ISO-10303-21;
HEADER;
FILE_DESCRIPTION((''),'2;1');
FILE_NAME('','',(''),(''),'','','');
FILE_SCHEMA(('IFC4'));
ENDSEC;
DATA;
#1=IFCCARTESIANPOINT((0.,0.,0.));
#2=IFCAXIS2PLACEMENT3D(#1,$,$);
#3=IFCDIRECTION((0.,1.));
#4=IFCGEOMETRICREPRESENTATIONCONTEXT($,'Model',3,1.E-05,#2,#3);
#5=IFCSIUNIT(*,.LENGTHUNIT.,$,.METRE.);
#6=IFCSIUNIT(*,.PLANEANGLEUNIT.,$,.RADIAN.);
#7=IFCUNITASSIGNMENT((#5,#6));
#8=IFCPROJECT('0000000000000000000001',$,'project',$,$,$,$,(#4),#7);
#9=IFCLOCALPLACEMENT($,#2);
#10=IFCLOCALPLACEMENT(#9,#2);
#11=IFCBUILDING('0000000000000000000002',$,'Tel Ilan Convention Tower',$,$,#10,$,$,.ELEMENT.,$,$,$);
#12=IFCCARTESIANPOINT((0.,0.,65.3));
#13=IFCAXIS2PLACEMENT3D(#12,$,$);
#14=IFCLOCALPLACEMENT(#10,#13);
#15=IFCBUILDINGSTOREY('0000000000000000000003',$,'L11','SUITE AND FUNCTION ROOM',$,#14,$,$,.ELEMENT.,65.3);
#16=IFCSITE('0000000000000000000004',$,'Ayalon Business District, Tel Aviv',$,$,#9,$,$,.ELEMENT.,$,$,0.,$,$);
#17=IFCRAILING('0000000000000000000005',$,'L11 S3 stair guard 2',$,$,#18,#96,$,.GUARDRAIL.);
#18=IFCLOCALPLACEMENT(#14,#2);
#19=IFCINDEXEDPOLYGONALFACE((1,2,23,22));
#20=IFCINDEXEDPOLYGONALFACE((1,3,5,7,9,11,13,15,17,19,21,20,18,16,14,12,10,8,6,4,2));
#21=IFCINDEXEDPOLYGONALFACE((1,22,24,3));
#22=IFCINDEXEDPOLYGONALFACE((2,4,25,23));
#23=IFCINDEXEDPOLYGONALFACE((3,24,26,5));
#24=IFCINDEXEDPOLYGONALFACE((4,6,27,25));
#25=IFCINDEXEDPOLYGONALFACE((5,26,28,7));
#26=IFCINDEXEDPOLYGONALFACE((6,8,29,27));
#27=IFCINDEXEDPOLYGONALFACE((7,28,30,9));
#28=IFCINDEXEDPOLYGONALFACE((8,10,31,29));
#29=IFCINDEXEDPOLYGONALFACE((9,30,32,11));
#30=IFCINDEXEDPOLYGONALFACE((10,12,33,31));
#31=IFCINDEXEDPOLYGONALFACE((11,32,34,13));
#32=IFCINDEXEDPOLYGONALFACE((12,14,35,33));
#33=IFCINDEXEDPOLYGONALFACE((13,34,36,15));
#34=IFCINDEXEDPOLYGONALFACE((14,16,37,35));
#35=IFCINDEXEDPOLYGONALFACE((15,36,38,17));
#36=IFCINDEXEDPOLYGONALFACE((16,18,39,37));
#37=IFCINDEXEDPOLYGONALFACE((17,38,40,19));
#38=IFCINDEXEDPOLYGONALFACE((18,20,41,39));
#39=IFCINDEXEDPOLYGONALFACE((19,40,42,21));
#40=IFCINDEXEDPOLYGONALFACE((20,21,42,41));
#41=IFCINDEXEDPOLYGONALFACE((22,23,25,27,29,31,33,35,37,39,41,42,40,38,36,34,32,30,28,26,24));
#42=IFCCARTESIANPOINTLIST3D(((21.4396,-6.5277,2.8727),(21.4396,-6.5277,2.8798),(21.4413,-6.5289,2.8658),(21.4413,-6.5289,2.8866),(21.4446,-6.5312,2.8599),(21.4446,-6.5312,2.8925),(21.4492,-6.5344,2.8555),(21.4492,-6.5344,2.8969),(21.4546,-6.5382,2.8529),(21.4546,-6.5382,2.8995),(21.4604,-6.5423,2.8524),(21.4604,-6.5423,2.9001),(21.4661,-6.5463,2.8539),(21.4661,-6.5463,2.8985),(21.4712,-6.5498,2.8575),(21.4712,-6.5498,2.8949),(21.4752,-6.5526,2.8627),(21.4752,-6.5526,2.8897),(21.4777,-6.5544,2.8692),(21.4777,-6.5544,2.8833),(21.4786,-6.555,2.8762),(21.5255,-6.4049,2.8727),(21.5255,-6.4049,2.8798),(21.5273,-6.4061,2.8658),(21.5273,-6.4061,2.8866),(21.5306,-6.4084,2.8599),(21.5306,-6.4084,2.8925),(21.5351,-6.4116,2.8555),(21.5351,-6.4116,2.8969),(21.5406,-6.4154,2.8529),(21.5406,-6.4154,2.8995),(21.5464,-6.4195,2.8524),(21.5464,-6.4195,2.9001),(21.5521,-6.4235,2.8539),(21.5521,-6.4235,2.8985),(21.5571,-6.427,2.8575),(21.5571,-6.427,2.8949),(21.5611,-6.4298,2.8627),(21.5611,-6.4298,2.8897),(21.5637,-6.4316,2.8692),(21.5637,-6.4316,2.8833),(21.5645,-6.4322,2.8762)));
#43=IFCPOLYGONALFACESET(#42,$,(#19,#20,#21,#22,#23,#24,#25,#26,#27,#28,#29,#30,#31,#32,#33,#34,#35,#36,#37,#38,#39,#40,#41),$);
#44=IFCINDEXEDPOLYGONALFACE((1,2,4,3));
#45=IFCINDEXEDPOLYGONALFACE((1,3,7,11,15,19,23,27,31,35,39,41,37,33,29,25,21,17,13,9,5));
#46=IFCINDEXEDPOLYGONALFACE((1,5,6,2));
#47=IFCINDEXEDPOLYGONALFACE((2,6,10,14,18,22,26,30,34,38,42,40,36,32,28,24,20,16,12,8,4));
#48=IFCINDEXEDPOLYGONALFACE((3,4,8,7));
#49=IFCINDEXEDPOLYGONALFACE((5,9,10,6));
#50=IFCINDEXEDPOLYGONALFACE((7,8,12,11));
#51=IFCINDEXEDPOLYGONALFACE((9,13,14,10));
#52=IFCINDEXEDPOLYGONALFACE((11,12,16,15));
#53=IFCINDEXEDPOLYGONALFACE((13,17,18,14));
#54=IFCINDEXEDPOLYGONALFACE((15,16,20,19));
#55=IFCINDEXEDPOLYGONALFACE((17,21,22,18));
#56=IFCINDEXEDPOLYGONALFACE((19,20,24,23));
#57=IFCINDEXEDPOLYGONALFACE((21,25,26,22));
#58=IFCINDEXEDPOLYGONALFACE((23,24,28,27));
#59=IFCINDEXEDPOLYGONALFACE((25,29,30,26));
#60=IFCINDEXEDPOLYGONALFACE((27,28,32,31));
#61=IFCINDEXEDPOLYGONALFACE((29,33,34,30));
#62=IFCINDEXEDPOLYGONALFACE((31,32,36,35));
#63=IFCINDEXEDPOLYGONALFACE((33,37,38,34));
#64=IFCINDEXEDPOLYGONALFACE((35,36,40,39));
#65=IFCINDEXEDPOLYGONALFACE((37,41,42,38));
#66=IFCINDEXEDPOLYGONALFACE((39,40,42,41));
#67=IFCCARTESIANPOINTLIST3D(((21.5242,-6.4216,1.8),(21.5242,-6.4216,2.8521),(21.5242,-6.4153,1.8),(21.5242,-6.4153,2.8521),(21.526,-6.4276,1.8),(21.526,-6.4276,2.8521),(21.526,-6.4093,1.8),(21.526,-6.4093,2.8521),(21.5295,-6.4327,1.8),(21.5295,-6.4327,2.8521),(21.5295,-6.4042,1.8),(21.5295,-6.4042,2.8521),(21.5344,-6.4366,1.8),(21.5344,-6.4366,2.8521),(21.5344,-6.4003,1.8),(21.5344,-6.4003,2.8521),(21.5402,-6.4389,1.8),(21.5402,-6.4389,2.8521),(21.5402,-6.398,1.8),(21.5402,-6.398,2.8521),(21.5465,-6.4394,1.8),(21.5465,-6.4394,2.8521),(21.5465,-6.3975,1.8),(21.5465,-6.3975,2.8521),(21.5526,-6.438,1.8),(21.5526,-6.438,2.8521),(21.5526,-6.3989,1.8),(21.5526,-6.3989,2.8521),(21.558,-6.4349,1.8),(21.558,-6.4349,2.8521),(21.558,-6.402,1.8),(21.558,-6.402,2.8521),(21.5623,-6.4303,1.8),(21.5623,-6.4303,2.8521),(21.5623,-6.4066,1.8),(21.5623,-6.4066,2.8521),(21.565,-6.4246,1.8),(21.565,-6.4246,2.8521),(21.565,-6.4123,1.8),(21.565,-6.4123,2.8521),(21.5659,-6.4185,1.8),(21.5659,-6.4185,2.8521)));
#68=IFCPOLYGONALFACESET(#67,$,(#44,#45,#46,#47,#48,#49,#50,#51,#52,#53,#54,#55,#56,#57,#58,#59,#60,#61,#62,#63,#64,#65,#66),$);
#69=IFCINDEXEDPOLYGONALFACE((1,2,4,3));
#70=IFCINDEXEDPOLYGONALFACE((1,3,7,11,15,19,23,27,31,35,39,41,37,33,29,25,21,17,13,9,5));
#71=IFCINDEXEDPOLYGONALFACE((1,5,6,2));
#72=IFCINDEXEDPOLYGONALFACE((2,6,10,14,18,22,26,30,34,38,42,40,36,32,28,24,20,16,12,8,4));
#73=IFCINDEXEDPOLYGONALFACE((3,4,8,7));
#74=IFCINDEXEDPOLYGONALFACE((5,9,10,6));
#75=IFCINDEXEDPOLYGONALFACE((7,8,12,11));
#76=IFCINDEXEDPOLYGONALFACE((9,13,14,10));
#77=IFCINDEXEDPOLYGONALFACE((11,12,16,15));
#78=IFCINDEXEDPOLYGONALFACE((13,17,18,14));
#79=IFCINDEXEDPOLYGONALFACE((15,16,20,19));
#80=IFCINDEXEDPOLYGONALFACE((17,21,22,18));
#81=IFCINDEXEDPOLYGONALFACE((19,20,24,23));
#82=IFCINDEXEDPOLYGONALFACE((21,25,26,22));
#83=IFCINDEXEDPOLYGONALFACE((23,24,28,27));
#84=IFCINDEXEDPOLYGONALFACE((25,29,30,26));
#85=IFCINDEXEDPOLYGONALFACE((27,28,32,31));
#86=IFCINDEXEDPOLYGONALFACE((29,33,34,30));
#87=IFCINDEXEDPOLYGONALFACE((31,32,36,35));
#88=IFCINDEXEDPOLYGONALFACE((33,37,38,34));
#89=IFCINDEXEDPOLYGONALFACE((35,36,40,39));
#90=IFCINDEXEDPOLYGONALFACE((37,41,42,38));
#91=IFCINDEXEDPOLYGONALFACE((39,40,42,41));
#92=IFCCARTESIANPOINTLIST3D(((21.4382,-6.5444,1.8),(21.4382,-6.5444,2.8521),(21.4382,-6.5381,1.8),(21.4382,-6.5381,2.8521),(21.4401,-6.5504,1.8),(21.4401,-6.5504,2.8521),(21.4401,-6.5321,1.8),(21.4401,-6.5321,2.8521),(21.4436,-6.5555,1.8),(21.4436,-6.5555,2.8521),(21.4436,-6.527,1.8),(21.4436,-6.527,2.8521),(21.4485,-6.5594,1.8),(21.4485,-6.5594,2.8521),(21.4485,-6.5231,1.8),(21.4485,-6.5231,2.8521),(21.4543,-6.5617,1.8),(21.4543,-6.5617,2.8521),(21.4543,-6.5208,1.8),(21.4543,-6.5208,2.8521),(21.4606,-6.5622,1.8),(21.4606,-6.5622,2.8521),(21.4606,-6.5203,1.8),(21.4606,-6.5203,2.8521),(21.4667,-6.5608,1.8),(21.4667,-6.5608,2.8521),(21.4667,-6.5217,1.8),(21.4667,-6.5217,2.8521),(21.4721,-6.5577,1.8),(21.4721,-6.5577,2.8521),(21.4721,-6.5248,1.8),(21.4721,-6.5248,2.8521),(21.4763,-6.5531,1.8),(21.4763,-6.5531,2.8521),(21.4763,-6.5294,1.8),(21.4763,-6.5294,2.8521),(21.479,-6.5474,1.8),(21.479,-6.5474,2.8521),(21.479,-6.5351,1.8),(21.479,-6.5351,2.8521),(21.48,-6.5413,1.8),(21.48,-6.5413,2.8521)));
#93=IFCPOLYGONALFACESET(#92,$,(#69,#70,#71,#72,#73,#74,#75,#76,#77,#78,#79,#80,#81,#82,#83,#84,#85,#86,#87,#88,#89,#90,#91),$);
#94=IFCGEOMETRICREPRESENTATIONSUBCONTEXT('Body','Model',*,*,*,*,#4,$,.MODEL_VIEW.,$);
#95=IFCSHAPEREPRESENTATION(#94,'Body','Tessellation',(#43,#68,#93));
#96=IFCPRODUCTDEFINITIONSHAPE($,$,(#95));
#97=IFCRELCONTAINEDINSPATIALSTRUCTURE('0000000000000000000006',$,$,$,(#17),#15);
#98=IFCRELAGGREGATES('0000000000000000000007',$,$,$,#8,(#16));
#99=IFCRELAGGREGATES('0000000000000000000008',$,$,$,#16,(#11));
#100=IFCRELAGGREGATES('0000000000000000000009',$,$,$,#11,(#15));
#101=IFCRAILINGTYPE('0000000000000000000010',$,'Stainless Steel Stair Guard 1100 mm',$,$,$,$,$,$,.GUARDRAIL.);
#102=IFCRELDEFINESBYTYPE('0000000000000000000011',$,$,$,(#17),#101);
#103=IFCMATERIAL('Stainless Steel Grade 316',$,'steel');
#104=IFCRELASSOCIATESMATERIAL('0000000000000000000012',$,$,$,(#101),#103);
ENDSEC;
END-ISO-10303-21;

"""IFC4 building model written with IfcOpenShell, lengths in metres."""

from ifc_helpers import new_model, si_unit, direction, frame, origin, origin_2d, place, context, subcontext, project, spatial, circle, extrude, material, type_object, element, save


model = new_model("IFC4")

# Units and contexts
model_context = context("Model", 3, precision=1e-05, world=origin(), true_north=direction((0.0, 1.0)))
body_context = subcontext(model_context, "Body", "Model", "MODEL_VIEW")
ifc_project = project(units=[si_unit("LENGTHUNIT", "METRE"), si_unit("PLANEANGLEUNIT", "RADIAN")], contexts=[model_context])

# Site, building, storey
site_placement = place(None, origin())
site = spatial("IfcSite", under=ifc_project, at=site_placement, Name="Ayalon Business District, Tel Aviv", CompositionType="ELEMENT", RefElevation=0.0)
building_placement = place(site_placement, origin())
building = spatial("IfcBuilding", under=site, at=building_placement, Name="Tel Ilan Convention Tower", CompositionType="ELEMENT")
storey_placement = place(building_placement, frame((0.0, 0.0, 65.3)))
storey = spatial("IfcBuildingStorey", under=building, at=storey_placement, Name="L11", Description="SUITE AND FUNCTION ROOM", CompositionType="ELEMENT", Elevation=65.3)

# Railing
ifc_material_1 = material(Name="Stainless Steel Grade 316", Category="steel")
railing_type_1 = type_object("IfcRailingType", Name="Stainless Steel Stair Guard 1100 mm", PredefinedType="GUARDRAIL", material=ifc_material_1)
railing_1_placement = place(storey_placement, frame((21.5449, -6.4185, 1.8)))
element("IfcRailing", 1, at=railing_1_placement, inside=storey, type_object=railing_type_1, Name="L11 S3 stair guard 2", PredefinedType="GUARDRAIL", context=body_context, shape_type="SweptSolid", body=[
    extrude(circle(Radius=0.0239, at=origin_2d()), frame((0.0, 0.0, 1.0762), z_axis=(-0.573353, -0.819308, 0.0), x_axis=(0.819308, -0.573353, 0.0)), (0.0, 0.0, 1.0), 0.1499),
    extrude(circle(Radius=0.021, at=origin_2d()), origin(), (0.0, 0.0, 1.0), 1.052),
    extrude(circle(Radius=0.021, at=origin_2d()), frame((-0.0859, -0.1228, 0.0)), (0.0, 0.0, 1.0), 1.052),
])

save(model, "model.ifc")
